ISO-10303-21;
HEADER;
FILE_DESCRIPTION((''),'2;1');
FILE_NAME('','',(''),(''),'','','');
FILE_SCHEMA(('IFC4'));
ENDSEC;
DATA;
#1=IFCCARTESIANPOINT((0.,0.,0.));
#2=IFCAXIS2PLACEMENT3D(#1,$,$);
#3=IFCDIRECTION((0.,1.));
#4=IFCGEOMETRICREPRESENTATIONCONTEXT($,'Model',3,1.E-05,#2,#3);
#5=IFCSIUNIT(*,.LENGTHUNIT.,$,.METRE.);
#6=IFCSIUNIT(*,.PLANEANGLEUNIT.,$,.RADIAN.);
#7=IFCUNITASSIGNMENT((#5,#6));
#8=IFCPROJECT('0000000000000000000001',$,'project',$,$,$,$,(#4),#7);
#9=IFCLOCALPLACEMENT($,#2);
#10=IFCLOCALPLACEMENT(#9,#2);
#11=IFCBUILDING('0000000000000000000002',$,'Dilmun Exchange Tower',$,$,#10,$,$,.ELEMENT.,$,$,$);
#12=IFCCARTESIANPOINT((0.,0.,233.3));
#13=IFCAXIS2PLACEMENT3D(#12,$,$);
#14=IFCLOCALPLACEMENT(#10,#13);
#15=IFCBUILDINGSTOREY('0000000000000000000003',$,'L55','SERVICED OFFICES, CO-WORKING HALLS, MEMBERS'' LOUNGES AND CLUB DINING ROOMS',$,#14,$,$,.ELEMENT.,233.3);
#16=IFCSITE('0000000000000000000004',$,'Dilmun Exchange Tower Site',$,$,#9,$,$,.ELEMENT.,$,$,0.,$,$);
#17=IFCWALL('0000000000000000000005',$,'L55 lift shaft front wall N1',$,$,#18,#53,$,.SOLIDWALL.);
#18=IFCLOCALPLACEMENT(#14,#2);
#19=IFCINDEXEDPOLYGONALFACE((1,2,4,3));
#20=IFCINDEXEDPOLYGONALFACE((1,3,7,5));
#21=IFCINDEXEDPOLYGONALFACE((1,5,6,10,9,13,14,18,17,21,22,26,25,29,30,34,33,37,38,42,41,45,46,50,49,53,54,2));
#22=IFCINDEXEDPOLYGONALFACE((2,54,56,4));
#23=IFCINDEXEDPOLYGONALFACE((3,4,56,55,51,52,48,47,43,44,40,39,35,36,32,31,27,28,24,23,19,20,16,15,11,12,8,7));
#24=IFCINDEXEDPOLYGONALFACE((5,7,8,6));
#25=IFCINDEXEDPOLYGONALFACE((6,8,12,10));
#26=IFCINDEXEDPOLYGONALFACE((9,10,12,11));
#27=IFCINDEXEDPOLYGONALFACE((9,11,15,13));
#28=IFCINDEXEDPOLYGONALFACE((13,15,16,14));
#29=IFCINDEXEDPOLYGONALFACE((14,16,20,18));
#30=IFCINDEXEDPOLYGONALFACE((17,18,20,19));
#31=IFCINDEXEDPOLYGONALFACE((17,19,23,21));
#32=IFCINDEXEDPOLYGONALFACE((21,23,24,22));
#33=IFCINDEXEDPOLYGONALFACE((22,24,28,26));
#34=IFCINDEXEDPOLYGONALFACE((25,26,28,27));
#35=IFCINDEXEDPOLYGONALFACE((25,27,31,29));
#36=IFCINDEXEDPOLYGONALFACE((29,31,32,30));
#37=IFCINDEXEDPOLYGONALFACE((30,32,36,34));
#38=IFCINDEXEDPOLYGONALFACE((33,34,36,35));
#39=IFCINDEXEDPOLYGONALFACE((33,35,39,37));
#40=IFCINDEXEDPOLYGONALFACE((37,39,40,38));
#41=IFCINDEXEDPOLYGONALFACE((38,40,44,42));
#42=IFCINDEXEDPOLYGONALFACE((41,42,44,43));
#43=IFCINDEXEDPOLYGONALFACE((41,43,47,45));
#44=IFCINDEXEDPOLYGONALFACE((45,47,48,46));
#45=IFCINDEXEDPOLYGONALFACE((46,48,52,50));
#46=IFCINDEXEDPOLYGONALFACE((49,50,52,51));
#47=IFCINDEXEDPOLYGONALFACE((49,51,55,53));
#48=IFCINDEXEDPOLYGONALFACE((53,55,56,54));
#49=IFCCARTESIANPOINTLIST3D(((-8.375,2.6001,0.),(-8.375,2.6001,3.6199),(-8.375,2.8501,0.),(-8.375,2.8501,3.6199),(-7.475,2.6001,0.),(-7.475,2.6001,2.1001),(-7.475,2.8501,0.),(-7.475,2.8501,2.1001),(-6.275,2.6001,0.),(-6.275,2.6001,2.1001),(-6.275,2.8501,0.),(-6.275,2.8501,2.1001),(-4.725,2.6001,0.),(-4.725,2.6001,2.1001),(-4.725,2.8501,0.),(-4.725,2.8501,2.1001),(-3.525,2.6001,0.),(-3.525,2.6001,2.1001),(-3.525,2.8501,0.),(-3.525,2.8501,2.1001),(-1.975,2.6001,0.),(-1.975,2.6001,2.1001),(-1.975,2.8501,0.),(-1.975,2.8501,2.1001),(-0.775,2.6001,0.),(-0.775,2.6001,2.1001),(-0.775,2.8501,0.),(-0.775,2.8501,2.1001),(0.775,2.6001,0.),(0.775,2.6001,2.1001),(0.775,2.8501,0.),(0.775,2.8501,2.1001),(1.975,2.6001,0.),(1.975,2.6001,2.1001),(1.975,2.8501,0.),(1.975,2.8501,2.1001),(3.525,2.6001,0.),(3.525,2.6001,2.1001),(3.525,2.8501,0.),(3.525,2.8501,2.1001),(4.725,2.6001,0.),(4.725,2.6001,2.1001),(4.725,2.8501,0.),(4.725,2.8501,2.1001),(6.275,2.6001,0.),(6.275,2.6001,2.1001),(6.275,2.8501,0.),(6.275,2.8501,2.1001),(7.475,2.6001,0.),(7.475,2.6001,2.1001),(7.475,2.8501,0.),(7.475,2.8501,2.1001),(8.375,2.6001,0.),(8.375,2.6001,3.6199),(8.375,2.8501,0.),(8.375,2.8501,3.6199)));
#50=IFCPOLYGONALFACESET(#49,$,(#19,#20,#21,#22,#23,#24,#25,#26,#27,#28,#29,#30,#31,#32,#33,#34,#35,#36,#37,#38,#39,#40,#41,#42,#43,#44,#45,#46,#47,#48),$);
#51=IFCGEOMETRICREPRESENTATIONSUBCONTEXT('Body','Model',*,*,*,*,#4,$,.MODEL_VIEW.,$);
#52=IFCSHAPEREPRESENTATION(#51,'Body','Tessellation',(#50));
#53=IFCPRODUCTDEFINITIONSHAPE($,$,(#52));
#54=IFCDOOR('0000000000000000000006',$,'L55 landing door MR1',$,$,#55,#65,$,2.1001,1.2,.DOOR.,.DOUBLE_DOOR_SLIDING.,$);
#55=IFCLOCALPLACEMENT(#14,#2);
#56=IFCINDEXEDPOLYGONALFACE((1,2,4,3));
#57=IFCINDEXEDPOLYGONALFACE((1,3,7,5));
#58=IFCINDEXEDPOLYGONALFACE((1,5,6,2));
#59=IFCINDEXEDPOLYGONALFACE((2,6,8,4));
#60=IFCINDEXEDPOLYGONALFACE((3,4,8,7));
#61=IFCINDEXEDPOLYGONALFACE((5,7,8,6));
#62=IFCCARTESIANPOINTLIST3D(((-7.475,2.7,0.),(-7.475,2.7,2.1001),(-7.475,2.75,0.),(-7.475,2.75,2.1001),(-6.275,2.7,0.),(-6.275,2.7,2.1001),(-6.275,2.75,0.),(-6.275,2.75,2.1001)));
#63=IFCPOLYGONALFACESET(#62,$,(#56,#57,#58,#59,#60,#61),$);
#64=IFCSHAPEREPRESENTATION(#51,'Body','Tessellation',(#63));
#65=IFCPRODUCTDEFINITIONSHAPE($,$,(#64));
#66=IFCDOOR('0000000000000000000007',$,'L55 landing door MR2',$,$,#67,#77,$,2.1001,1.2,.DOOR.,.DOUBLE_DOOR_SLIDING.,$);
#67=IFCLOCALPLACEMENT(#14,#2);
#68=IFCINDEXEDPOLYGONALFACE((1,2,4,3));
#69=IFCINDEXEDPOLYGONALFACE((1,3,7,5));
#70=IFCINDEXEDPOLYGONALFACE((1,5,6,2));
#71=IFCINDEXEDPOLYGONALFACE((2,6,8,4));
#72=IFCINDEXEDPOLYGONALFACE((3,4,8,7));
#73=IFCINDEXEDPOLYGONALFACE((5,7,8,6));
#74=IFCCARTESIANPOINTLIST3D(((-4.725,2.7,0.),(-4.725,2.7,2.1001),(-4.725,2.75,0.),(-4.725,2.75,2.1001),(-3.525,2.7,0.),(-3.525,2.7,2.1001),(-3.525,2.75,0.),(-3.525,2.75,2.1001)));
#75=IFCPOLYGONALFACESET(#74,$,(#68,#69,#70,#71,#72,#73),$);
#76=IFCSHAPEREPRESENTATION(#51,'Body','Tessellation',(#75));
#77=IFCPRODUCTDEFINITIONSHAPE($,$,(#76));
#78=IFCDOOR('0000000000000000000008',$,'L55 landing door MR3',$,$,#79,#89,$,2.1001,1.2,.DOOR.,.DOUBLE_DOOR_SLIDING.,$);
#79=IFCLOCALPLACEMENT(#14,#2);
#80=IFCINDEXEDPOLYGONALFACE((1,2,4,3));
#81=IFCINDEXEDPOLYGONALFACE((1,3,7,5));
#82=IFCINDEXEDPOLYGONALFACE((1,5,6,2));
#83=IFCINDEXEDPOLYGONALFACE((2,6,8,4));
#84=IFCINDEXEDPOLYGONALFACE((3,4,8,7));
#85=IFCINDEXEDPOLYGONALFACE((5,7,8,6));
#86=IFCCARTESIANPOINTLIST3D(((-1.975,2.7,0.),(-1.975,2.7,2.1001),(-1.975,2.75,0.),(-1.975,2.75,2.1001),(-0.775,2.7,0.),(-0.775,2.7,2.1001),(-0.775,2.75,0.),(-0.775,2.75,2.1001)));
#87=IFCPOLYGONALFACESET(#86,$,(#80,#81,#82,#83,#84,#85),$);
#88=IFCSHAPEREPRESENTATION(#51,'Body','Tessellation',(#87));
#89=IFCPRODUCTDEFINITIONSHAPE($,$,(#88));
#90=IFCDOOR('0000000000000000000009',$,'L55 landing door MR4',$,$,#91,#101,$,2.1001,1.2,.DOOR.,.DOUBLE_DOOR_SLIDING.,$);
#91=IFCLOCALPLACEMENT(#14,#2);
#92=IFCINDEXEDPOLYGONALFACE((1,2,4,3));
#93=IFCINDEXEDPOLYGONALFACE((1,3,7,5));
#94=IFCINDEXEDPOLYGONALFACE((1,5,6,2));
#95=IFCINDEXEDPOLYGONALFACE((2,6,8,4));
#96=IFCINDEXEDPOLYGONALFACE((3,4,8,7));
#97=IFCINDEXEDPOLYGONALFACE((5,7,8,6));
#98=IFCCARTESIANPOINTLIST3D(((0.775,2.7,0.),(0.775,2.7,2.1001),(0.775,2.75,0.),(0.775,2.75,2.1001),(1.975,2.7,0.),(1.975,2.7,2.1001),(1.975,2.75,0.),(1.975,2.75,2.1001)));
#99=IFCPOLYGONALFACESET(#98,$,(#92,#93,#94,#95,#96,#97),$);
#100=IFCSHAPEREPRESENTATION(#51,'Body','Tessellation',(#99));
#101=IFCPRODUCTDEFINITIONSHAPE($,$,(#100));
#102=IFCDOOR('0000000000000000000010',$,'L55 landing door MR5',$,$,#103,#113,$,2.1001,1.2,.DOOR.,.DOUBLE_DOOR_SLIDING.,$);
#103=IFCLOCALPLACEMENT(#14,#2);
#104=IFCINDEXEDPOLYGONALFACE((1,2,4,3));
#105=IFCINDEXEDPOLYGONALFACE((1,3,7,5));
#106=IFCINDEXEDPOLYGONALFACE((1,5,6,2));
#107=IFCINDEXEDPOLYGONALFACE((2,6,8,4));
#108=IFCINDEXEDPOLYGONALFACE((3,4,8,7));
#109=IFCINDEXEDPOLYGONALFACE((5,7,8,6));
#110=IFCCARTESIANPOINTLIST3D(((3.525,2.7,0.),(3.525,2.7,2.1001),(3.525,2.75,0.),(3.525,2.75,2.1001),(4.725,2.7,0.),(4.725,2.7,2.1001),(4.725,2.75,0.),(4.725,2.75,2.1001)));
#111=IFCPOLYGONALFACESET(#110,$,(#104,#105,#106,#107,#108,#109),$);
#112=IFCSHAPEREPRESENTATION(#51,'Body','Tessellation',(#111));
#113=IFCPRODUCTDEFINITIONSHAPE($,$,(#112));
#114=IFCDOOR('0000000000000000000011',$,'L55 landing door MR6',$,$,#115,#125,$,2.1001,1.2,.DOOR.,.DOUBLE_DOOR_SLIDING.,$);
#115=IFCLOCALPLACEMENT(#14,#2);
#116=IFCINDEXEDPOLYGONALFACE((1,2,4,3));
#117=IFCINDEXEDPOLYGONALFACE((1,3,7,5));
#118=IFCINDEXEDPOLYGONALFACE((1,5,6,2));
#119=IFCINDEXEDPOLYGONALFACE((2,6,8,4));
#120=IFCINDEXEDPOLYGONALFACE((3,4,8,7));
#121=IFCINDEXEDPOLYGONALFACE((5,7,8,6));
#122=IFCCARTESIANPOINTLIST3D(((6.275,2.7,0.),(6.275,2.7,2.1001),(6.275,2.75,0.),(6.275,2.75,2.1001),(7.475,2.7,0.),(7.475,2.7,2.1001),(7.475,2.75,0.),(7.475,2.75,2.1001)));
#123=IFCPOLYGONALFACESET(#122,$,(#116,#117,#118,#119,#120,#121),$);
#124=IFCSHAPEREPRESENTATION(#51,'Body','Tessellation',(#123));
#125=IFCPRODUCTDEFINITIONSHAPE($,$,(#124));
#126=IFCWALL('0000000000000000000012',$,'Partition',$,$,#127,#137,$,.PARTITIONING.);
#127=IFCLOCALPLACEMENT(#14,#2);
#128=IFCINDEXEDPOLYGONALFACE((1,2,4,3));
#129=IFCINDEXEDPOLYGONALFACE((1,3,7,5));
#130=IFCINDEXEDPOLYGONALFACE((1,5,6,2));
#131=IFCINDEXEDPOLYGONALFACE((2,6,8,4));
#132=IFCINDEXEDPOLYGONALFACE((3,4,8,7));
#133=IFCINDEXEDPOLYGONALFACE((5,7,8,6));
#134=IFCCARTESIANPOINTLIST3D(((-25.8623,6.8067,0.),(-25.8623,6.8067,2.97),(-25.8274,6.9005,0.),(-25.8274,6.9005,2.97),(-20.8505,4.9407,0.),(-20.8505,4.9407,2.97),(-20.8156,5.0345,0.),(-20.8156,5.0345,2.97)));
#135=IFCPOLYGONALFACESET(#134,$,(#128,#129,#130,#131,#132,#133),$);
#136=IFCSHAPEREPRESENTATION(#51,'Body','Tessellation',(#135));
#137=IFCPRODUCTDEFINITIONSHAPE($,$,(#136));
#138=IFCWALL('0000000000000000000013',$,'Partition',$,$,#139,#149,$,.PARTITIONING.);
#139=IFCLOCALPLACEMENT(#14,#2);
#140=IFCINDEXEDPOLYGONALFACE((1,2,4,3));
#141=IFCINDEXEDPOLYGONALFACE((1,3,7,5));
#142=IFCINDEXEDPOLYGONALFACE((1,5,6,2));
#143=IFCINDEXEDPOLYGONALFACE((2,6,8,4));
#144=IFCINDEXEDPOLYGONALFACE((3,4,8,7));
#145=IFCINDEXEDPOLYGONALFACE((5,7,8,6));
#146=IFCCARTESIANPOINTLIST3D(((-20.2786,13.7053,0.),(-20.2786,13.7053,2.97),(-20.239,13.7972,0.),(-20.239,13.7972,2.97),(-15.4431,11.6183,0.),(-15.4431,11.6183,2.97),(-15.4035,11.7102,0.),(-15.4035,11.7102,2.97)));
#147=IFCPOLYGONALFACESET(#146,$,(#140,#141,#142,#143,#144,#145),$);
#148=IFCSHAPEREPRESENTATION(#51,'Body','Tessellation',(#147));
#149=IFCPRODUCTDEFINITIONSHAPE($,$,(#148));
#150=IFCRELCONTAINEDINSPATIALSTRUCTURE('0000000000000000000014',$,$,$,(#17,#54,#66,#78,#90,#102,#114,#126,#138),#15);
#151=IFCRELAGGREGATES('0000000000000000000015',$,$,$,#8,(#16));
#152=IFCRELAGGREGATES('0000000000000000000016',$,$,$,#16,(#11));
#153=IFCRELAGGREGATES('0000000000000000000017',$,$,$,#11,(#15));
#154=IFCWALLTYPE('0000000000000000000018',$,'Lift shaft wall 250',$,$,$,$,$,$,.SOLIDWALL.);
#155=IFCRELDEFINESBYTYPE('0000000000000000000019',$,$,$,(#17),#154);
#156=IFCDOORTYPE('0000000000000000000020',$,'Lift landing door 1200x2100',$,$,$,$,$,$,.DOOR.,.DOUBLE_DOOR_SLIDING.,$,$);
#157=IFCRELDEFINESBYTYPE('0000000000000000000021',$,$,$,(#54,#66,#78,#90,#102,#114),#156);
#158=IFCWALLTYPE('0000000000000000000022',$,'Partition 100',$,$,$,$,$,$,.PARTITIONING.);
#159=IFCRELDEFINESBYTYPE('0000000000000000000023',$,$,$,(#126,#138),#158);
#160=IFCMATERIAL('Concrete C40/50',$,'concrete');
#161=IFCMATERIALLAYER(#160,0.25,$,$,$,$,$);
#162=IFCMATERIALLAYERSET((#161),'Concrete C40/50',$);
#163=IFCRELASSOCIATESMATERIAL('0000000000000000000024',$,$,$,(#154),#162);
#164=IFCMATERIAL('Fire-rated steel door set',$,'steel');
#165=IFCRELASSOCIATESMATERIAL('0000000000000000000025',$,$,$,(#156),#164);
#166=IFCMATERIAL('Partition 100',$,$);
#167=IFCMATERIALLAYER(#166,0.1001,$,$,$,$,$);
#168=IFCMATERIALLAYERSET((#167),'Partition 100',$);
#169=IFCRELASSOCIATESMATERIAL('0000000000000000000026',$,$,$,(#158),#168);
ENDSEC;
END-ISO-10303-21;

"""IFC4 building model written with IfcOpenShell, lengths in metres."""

from ifc_helpers import new_model, si_unit, direction, frame, frame_2d, origin, place, context, subcontext, project, spatial, rectangle, extrude, material, layer, layer_set, type_object, element, fill, save


model = new_model("IFC4")

# Units and contexts
model_context = context("Model", 3, precision=1e-05, world=origin(), true_north=direction((0.0, 1.0)))
body_context = subcontext(model_context, "Body", "Model", "MODEL_VIEW")
ifc_project = project(units=[si_unit("LENGTHUNIT", "METRE"), si_unit("PLANEANGLEUNIT", "RADIAN")], contexts=[model_context])

# Site, building, storey
site_placement = place(None, origin())
site = spatial("IfcSite", under=ifc_project, at=site_placement, Name="Dilmun Exchange Tower Site", CompositionType="ELEMENT", RefElevation=0.0)
building_placement = place(site_placement, origin())
building = spatial("IfcBuilding", under=site, at=building_placement, Name="Dilmun Exchange Tower", CompositionType="ELEMENT")
storey_placement = place(building_placement, frame((0.0, 0.0, 233.3)))
storey = spatial("IfcBuildingStorey", under=building, at=storey_placement, Name="L55", Description="SERVICED OFFICES, CO-WORKING HALLS, MEMBERS' LOUNGES AND CLUB DINING ROOMS", CompositionType="ELEMENT", Elevation=233.3)

# Shared definitions
ifc_material_1 = material(Name="Concrete C40/50", Category="concrete")

# Shared definitions
ifc_material_2 = material(Name="Fire-rated steel door set", Category="steel")

# Wall, openings, doors
ifc_layer_1 = layer(ifc_material_1, 0.25)
ifc_layer_set_1 = layer_set([ifc_layer_1], Name="Concrete C40/50")
wall_type_1 = type_object("IfcWallType", Name="Lift shaft wall 250", PredefinedType="SOLIDWALL", material=ifc_layer_set_1)
wall_1_placement = place(storey_placement, frame((-8.375, 2.7251, 0.0), z_axis=(0.0, 0.0, 1.0), x_axis=(1.0, 0.0, 0.0)))
wall_1 = element("IfcWall", 1, at=wall_1_placement, inside=storey, type_object=wall_type_1, Name="L55 lift shaft front wall N1", PredefinedType="SOLIDWALL", context=body_context, shape_type="SweptSolid", body=[
    extrude(rectangle(XDim=16.75, YDim=0.25, at=frame_2d((8.375, 0.0))), origin(), (0.0, 0.0, 1.0), 3.6199),
])
opening_1_placement = place(wall_1_placement, frame((0.8999, 0.0, 0.0)))
opening_1 = element("IfcOpeningElement", 2, at=opening_1_placement, cuts=wall_1, PredefinedType="OPENING", context=body_context, shape_type="SweptSolid", body=[
    extrude(rectangle(XDim=1.2, YDim=2.1001, at=frame_2d((0.6001, 1.05))), frame((0.0, 0.135, 0.0), z_axis=(0.0, -1.0, 0.0), x_axis=(1.0, 0.0, 0.0)), (0.0, 0.0, 1.0), 0.27),
])
opening_2_placement = place(wall_1_placement, frame((3.6499, 0.0, 0.0)))
opening_2 = element("IfcOpeningElement", 3, at=opening_2_placement, cuts=wall_1, PredefinedType="OPENING", context=body_context, shape_type="SweptSolid", body=[
    extrude(rectangle(XDim=1.2, YDim=2.1001, at=frame_2d((0.6001, 1.05))), frame((0.0, 0.135, 0.0), z_axis=(0.0, -1.0, 0.0), x_axis=(1.0, 0.0, 0.0)), (0.0, 0.0, 1.0), 0.27),
])
opening_3_placement = place(wall_1_placement, frame((6.3999, 0.0, 0.0)))
opening_3 = element("IfcOpeningElement", 4, at=opening_3_placement, cuts=wall_1, PredefinedType="OPENING", context=body_context, shape_type="SweptSolid", body=[
    extrude(rectangle(XDim=1.2, YDim=2.1001, at=frame_2d((0.6001, 1.05))), frame((0.0, 0.135, 0.0), z_axis=(0.0, -1.0, 0.0), x_axis=(1.0, 0.0, 0.0)), (0.0, 0.0, 1.0), 0.27),
])
opening_4_placement = place(wall_1_placement, frame((9.1499, 0.0, 0.0)))
opening_4 = element("IfcOpeningElement", 5, at=opening_4_placement, cuts=wall_1, PredefinedType="OPENING", context=body_context, shape_type="SweptSolid", body=[
    extrude(rectangle(XDim=1.2, YDim=2.1001, at=frame_2d((0.6001, 1.05))), frame((0.0, 0.135, 0.0), z_axis=(0.0, -1.0, 0.0), x_axis=(1.0, 0.0, 0.0)), (0.0, 0.0, 1.0), 0.27),
])
opening_5_placement = place(wall_1_placement, frame((11.8999, 0.0, 0.0)))
opening_5 = element("IfcOpeningElement", 6, at=opening_5_placement, cuts=wall_1, PredefinedType="OPENING", context=body_context, shape_type="SweptSolid", body=[
    extrude(rectangle(XDim=1.2, YDim=2.1001, at=frame_2d((0.6001, 1.05))), frame((0.0, 0.135, 0.0), z_axis=(0.0, -1.0, 0.0), x_axis=(1.0, 0.0, 0.0)), (0.0, 0.0, 1.0), 0.27),
])
opening_6_placement = place(wall_1_placement, frame((14.6499, 0.0, 0.0)))
opening_6 = element("IfcOpeningElement", 7, at=opening_6_placement, cuts=wall_1, PredefinedType="OPENING", context=body_context, shape_type="SweptSolid", body=[
    extrude(rectangle(XDim=1.2, YDim=2.1001, at=frame_2d((0.6001, 1.05))), frame((0.0, 0.135, 0.0), z_axis=(0.0, -1.0, 0.0), x_axis=(1.0, 0.0, 0.0)), (0.0, 0.0, 1.0), 0.27),
])
door_type_1 = type_object("IfcDoorType", Name="Lift landing door 1200x2100", OperationType="DOUBLE_DOOR_SLIDING", PredefinedType="DOOR", material=ifc_material_2)
door_1_placement = place(opening_1_placement, origin())
door_1 = element("IfcDoor", 8, at=door_1_placement, inside=storey, type_object=door_type_1, Name="L55 landing door MR1", OperationType="DOUBLE_DOOR_SLIDING", OverallHeight=2.1001, OverallWidth=1.2, PredefinedType="DOOR", context=body_context, shape_type="SweptSolid", body=[
    extrude(rectangle(XDim=1.2, YDim=2.1001, at=frame_2d((0.6001, 1.05))), frame((0.0, 0.0249, 0.0), z_axis=(0.0, -1.0, 0.0), x_axis=(1.0, 0.0, 0.0)), (0.0, 0.0, 1.0), 0.05),
])
fill(opening_1, door_1)
door_2_placement = place(opening_2_placement, origin())
door_2 = element("IfcDoor", 9, at=door_2_placement, inside=storey, type_object=door_type_1, Name="L55 landing door MR2", OperationType="DOUBLE_DOOR_SLIDING", OverallHeight=2.1001, OverallWidth=1.2, PredefinedType="DOOR", context=body_context, shape_type="SweptSolid", body=[
    extrude(rectangle(XDim=1.2, YDim=2.1001, at=frame_2d((0.6001, 1.05))), frame((0.0, 0.0249, 0.0), z_axis=(0.0, -1.0, 0.0), x_axis=(1.0, 0.0, 0.0)), (0.0, 0.0, 1.0), 0.05),
])
fill(opening_2, door_2)
door_3_placement = place(opening_3_placement, origin())
door_3 = element("IfcDoor", 10, at=door_3_placement, inside=storey, type_object=door_type_1, Name="L55 landing door MR3", OperationType="DOUBLE_DOOR_SLIDING", OverallHeight=2.1001, OverallWidth=1.2, PredefinedType="DOOR", context=body_context, shape_type="SweptSolid", body=[
    extrude(rectangle(XDim=1.2, YDim=2.1001, at=frame_2d((0.6001, 1.05))), frame((0.0, 0.0249, 0.0), z_axis=(0.0, -1.0, 0.0), x_axis=(1.0, 0.0, 0.0)), (0.0, 0.0, 1.0), 0.05),
])
fill(opening_3, door_3)
door_4_placement = place(opening_4_placement, origin())
door_4 = element("IfcDoor", 11, at=door_4_placement, inside=storey, type_object=door_type_1, Name="L55 landing door MR4", OperationType="DOUBLE_DOOR_SLIDING", OverallHeight=2.1001, OverallWidth=1.2, PredefinedType="DOOR", context=body_context, shape_type="SweptSolid", body=[
    extrude(rectangle(XDim=1.2, YDim=2.1001, at=frame_2d((0.6001, 1.05))), frame((0.0, 0.0249, 0.0), z_axis=(0.0, -1.0, 0.0), x_axis=(1.0, 0.0, 0.0)), (0.0, 0.0, 1.0), 0.05),
])
fill(opening_4, door_4)
door_5_placement = place(opening_5_placement, origin())
door_5 = element("IfcDoor", 12, at=door_5_placement, inside=storey, type_object=door_type_1, Name="L55 landing door MR5", OperationType="DOUBLE_DOOR_SLIDING", OverallHeight=2.1001, OverallWidth=1.2, PredefinedType="DOOR", context=body_context, shape_type="SweptSolid", body=[
    extrude(rectangle(XDim=1.2, YDim=2.1001, at=frame_2d((0.6001, 1.05))), frame((0.0, 0.0249, 0.0), z_axis=(0.0, -1.0, 0.0), x_axis=(1.0, 0.0, 0.0)), (0.0, 0.0, 1.0), 0.05),
])
fill(opening_5, door_5)
door_6_placement = place(opening_6_placement, origin())
door_6 = element("IfcDoor", 13, at=door_6_placement, inside=storey, type_object=door_type_1, Name="L55 landing door MR6", OperationType="DOUBLE_DOOR_SLIDING", OverallHeight=2.1001, OverallWidth=1.2, PredefinedType="DOOR", context=body_context, shape_type="SweptSolid", body=[
    extrude(rectangle(XDim=1.2, YDim=2.1001, at=frame_2d((0.6001, 1.05))), frame((0.0, 0.0249, 0.0), z_axis=(0.0, -1.0, 0.0), x_axis=(1.0, 0.0, 0.0)), (0.0, 0.0, 1.0), 0.05),
])
fill(opening_6, door_6)

# Walls
ifc_material_3 = material(Name="Partition 100")
ifc_layer_2 = layer(ifc_material_3, 0.1001)
ifc_layer_set_2 = layer_set([ifc_layer_2], Name="Partition 100")
wall_type_2 = type_object("IfcWallType", Name="Partition 100", PredefinedType="PARTITIONING", material=ifc_layer_set_2)
wall_2_placement = place(storey_placement, frame((-25.8447, 6.8535, 0.0), z_axis=(0.0, 0.0, 1.0), x_axis=(0.937152, -0.348921, 0.0)))
element("IfcWall", 14, at=wall_2_placement, inside=storey, type_object=wall_type_2, Name="Partition", PredefinedType="PARTITIONING", context=body_context, shape_type="SweptSolid", body=[
    extrude(rectangle(XDim=5.3479, YDim=0.1001, at=frame_2d((2.6738, 0.0))), origin(), (0.0, 0.0, 1.0), 2.97),
])
wall_3_placement = place(storey_placement, frame((-20.2588, 13.7512, 0.0), z_axis=(0.0, 0.0, 1.0), x_axis=(0.91814, -0.396257, 0.0)))
element("IfcWall", 15, at=wall_3_placement, inside=storey, type_object=wall_type_2, Name="Partition", PredefinedType="PARTITIONING", context=body_context, shape_type="SweptSolid", body=[
    extrude(rectangle(XDim=5.2666, YDim=0.1001, at=frame_2d((2.6333, 0.0))), origin(), (0.0, 0.0, 1.0), 2.97),
])

save(model, "model.ifc")
